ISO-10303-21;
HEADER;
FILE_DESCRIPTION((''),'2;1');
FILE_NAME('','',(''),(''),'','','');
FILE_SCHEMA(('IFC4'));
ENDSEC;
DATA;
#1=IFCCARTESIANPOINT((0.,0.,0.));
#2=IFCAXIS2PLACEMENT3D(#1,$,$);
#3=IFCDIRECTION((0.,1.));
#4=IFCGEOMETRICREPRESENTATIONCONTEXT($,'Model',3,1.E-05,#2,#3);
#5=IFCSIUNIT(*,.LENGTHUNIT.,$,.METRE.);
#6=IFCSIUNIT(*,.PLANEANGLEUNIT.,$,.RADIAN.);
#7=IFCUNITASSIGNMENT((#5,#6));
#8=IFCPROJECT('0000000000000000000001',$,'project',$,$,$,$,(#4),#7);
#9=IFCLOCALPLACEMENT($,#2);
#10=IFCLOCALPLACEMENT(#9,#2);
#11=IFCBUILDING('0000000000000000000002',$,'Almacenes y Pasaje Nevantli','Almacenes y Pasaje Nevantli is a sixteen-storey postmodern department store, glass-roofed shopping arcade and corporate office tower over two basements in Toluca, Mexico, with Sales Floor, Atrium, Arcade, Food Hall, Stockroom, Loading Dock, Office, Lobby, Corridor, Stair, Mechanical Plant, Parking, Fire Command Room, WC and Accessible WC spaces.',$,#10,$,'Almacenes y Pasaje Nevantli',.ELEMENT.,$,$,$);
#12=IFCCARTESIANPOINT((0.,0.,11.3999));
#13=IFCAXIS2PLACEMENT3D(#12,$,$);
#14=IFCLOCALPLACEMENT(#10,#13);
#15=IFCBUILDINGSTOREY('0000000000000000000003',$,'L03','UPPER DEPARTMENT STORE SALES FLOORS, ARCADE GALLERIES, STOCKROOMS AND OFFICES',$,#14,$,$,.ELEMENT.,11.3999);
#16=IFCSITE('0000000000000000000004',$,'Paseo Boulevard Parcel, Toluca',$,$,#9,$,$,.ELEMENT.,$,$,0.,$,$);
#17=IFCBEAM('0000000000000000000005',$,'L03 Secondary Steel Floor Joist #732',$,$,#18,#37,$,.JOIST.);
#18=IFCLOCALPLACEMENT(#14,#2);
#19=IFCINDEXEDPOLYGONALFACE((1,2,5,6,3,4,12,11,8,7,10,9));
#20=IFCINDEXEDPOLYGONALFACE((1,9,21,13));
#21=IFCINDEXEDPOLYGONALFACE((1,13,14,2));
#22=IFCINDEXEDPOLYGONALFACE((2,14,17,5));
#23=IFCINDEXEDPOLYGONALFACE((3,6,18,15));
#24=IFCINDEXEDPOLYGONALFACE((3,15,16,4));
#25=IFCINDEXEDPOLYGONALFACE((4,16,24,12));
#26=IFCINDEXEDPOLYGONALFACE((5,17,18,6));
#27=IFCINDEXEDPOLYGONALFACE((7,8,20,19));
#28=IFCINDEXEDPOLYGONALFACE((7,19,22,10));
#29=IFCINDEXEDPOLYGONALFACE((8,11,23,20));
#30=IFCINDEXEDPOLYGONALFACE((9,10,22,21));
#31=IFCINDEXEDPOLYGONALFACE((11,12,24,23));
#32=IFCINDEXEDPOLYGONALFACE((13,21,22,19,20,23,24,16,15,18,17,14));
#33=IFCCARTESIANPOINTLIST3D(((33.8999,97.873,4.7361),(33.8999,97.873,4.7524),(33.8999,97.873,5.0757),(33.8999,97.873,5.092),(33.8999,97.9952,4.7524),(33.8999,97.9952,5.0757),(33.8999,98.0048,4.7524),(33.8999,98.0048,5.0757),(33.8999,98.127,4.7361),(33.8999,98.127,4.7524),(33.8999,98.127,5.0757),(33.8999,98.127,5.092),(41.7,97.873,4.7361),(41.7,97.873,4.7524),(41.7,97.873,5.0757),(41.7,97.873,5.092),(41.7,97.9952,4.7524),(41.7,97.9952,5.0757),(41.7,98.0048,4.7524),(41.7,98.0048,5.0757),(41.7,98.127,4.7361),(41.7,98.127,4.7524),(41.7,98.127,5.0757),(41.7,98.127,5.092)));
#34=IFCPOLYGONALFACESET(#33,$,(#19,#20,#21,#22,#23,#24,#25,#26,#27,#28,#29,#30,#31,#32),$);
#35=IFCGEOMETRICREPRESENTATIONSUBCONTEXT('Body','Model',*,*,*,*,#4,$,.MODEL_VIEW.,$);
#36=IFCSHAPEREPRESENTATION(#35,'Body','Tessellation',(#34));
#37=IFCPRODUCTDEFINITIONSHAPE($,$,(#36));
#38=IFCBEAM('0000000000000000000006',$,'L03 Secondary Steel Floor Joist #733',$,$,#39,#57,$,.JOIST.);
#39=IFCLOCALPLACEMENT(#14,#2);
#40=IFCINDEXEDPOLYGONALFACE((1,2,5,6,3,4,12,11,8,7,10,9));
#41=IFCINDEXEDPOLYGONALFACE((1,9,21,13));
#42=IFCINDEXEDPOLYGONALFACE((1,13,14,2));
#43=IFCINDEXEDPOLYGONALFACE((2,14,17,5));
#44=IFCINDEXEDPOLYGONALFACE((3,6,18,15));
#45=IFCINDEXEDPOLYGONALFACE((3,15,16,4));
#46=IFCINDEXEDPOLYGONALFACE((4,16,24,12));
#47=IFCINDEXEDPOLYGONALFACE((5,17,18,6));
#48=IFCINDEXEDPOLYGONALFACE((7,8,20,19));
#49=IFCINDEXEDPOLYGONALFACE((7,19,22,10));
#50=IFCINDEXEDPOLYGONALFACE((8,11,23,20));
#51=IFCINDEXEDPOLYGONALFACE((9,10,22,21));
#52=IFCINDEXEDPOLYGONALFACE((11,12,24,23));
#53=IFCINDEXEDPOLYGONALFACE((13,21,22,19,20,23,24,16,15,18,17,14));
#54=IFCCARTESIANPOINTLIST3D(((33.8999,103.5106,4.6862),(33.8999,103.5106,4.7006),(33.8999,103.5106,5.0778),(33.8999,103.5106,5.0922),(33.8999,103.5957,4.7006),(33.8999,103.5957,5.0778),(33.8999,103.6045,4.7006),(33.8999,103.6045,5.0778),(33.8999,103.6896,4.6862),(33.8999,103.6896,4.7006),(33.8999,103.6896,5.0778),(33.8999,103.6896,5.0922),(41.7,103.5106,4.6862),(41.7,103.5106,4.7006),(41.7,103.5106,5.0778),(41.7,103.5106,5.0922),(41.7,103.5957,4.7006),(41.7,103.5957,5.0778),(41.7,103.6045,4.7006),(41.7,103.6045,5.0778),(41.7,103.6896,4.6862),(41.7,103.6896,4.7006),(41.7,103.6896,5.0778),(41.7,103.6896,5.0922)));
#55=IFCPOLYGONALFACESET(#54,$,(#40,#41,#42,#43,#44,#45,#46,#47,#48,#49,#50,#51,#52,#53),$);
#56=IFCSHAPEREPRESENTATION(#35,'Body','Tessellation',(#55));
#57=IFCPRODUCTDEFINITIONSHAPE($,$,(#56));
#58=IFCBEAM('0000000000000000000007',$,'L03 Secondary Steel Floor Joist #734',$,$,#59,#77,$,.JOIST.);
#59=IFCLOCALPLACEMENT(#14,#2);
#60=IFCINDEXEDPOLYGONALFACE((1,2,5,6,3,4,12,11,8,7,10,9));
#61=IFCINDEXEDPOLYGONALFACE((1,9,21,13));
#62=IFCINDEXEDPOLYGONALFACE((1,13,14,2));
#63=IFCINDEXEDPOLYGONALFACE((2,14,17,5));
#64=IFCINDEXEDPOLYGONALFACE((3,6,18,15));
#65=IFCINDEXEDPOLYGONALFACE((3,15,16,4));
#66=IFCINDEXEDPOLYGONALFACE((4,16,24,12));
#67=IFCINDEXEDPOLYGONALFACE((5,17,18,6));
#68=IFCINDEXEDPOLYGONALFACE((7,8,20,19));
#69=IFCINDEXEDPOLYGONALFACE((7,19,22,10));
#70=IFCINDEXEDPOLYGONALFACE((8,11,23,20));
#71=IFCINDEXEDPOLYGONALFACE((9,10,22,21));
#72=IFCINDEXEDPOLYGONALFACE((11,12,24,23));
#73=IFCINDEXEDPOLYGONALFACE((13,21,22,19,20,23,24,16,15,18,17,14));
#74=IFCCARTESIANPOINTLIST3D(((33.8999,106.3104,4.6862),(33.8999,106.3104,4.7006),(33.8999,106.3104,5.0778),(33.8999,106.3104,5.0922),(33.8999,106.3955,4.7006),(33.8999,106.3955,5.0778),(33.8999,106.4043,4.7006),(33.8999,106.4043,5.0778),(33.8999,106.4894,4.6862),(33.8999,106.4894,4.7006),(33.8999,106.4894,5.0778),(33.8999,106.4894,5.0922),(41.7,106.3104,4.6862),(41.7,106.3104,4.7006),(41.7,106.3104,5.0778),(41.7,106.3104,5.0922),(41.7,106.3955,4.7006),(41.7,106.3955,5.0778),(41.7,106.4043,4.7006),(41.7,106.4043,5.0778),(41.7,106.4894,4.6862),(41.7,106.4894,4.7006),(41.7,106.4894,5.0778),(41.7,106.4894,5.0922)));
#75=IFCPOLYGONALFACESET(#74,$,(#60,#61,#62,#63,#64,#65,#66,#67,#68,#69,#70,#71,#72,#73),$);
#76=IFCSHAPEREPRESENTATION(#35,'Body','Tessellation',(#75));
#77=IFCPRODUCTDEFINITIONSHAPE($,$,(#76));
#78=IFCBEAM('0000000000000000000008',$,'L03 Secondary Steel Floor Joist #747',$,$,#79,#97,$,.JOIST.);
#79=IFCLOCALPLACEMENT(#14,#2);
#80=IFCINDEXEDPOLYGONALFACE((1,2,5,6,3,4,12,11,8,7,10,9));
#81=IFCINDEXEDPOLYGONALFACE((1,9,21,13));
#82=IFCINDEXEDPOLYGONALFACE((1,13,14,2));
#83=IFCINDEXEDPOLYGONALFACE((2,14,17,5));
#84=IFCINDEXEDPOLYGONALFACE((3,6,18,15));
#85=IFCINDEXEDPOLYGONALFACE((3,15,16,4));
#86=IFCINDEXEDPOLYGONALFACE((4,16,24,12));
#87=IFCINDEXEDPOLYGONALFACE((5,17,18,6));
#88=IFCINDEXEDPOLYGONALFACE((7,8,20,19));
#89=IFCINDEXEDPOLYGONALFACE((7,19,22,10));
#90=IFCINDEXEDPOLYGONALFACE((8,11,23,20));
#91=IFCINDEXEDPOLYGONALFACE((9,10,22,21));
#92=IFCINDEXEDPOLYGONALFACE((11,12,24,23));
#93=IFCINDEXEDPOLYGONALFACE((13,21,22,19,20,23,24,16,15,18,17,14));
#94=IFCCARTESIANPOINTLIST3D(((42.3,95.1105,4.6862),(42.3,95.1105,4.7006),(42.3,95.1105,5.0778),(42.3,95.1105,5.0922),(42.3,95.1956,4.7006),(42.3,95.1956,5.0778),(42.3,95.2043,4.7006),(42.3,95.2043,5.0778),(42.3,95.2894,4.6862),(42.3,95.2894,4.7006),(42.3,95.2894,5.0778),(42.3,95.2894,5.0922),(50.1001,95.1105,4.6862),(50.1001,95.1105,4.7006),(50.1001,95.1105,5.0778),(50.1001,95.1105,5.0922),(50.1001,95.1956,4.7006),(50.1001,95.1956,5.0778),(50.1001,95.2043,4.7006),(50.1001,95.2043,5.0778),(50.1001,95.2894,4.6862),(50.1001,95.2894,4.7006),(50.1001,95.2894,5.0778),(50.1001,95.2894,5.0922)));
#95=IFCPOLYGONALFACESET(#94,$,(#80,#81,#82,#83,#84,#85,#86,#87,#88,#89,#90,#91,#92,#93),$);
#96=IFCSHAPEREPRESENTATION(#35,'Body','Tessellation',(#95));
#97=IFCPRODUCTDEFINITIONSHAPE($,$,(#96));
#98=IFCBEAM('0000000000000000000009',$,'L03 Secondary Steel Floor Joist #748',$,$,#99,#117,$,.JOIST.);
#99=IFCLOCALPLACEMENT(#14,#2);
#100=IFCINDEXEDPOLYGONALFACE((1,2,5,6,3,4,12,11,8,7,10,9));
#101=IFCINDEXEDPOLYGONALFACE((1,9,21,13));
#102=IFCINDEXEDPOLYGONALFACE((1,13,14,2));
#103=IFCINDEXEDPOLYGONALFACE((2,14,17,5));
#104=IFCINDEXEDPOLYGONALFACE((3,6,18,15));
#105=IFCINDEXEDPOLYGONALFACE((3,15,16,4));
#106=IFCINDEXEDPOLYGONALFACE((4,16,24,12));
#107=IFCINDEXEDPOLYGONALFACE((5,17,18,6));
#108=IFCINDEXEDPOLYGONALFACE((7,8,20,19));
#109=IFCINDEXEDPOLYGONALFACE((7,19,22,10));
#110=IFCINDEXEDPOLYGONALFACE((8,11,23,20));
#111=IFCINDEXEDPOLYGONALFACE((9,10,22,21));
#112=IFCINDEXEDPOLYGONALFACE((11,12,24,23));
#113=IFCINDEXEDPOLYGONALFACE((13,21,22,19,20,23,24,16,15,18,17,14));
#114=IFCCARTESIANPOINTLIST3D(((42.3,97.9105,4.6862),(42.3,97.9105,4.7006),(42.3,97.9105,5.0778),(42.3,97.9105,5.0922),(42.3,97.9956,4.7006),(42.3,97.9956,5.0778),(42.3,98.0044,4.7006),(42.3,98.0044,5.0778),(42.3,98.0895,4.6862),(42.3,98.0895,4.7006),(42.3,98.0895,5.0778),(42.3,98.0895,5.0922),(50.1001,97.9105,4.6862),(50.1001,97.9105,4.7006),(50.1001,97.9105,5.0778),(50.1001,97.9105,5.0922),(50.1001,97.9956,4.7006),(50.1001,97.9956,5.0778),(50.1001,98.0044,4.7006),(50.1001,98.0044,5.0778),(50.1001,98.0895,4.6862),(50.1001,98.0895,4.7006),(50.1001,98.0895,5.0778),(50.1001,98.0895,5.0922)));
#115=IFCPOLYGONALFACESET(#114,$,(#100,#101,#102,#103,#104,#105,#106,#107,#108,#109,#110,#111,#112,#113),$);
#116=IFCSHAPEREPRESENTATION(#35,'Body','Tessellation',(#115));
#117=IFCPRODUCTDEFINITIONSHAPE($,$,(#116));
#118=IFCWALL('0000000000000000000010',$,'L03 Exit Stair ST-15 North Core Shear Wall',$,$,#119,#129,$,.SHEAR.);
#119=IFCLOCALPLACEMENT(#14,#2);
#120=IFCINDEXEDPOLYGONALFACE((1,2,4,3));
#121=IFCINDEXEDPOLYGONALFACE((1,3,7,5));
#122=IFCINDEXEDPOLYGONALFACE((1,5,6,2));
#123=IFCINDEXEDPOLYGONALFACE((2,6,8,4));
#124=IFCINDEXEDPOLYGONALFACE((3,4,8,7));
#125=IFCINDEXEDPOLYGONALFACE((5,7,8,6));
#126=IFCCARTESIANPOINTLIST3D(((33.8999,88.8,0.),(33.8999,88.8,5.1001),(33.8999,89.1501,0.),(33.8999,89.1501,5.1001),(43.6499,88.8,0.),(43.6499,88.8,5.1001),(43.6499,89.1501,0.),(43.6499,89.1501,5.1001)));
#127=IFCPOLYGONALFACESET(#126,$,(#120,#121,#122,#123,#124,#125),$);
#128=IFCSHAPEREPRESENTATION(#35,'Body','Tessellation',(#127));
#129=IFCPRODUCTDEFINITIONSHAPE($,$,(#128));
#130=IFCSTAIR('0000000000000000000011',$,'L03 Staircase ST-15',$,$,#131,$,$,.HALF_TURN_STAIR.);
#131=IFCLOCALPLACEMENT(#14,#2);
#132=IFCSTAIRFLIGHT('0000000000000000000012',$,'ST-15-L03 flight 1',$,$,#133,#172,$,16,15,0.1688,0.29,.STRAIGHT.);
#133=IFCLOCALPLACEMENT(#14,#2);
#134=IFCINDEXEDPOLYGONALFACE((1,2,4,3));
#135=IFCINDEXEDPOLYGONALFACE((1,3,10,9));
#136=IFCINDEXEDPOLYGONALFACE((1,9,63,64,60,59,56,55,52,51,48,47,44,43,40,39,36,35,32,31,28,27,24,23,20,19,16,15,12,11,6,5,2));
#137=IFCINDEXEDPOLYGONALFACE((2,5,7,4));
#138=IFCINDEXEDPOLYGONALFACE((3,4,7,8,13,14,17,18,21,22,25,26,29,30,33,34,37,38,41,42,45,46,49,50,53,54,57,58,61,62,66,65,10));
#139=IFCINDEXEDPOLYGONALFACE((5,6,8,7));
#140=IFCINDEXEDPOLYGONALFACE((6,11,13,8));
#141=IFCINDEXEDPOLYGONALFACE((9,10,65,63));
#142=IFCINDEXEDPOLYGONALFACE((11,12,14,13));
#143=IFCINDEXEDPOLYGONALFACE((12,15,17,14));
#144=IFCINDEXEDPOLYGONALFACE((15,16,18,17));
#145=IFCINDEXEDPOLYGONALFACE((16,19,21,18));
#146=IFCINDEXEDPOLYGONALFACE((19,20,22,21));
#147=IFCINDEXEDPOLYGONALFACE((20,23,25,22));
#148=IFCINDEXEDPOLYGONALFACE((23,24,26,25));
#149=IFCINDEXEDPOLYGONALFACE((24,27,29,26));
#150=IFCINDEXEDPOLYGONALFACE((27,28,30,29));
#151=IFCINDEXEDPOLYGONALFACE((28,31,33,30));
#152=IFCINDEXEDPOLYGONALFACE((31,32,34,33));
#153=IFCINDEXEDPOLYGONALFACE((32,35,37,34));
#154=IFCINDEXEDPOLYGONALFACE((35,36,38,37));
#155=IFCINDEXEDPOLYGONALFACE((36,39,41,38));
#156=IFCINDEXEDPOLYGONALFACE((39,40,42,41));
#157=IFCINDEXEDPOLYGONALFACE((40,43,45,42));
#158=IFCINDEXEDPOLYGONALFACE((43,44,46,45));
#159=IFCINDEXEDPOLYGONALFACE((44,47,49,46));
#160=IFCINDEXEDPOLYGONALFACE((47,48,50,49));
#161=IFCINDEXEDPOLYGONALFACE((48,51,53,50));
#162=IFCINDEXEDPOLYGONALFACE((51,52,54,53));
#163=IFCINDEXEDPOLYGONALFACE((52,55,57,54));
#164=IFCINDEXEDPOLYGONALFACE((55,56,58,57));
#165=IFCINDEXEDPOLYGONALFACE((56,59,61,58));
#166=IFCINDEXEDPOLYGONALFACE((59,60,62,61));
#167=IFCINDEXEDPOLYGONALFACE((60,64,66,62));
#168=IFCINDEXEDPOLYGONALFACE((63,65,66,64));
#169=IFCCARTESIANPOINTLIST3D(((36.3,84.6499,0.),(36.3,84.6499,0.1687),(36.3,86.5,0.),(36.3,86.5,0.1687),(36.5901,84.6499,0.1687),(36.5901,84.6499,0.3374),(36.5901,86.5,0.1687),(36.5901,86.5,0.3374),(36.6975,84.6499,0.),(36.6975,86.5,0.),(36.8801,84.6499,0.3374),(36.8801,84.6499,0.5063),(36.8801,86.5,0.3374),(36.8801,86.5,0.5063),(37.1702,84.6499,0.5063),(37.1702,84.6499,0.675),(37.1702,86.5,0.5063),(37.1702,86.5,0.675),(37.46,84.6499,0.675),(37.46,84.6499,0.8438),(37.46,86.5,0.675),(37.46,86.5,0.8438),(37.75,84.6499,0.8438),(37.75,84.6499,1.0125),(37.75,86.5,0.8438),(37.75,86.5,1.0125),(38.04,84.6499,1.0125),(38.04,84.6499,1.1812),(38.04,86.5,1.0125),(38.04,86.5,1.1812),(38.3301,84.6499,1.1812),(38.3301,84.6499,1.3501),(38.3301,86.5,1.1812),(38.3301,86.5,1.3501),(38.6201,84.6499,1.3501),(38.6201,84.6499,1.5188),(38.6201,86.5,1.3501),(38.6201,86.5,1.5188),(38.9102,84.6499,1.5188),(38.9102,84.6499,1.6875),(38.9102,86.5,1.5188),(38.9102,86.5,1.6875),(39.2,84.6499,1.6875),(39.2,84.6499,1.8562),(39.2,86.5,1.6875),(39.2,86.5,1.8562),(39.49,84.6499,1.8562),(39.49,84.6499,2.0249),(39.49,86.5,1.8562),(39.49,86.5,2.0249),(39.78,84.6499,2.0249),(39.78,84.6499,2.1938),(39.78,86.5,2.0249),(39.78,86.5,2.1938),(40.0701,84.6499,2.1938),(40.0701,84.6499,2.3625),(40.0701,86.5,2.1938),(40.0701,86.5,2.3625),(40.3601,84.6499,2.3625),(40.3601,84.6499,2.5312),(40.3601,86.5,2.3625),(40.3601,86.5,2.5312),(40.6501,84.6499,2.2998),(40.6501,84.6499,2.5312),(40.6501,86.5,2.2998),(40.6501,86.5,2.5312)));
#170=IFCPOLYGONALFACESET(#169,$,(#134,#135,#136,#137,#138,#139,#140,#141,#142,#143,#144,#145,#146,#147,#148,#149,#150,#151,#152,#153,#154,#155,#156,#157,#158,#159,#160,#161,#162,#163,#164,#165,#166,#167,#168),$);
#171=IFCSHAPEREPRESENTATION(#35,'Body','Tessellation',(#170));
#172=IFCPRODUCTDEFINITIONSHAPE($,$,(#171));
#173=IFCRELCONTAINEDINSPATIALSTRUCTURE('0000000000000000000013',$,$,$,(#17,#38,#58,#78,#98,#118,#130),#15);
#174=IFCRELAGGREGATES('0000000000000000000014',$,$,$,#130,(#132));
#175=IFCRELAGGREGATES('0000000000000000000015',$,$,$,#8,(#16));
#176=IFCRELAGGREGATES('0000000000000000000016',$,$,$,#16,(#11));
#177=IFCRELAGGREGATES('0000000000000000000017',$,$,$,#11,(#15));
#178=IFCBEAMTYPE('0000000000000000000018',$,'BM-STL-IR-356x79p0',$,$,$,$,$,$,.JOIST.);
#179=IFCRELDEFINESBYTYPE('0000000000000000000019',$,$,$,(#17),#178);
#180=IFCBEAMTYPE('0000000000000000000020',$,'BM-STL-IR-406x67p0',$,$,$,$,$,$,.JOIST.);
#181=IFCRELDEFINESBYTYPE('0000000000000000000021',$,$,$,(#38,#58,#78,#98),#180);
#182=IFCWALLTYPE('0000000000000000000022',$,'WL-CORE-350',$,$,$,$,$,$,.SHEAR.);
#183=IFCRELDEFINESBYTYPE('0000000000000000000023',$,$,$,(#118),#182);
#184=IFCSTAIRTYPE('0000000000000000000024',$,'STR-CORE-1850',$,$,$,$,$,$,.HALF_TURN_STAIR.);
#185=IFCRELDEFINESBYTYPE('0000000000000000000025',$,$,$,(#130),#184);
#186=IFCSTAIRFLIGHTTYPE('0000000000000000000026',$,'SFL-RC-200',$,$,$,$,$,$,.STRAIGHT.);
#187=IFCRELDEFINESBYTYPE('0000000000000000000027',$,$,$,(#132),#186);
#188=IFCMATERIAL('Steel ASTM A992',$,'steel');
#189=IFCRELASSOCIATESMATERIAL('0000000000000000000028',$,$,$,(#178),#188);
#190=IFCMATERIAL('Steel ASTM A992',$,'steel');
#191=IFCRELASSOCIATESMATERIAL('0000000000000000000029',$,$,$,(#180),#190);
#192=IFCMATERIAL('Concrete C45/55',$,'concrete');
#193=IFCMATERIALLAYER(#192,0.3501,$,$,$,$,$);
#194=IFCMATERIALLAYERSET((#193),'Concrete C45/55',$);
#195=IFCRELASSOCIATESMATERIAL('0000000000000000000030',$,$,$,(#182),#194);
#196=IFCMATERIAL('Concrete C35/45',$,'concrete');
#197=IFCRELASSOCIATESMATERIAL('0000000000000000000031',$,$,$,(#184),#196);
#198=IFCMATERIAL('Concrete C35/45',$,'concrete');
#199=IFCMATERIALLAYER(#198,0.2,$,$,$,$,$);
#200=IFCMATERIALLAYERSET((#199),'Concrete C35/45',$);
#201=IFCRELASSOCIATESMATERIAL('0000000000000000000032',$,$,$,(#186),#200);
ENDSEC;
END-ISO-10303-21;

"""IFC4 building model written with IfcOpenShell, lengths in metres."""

from ifc_helpers import new_model, si_unit, direction, frame, frame_2d, origin, origin_2d, place, context, subcontext, project, spatial, polyline, rectangle, i_section, outline, extrude, material, layer, layer_set, material_profile, profile_set, type_object, element, aggregate, save


model = new_model("IFC4")

# Units and contexts
model_context = context("Model", 3, precision=1e-05, world=origin(), true_north=direction((0.0, 1.0)))
body_context = subcontext(model_context, "Body", "Model", "MODEL_VIEW")
ifc_project = project(units=[si_unit("LENGTHUNIT", "METRE"), si_unit("PLANEANGLEUNIT", "RADIAN")], contexts=[model_context])

# Site, building, storey
site_placement = place(None, origin())
site = spatial("IfcSite", under=ifc_project, at=site_placement, Name="Paseo Boulevard Parcel, Toluca", CompositionType="ELEMENT", RefElevation=0.0)
building_placement = place(site_placement, origin())
building = spatial("IfcBuilding", under=site, at=building_placement, Name="Almacenes y Pasaje Nevantli", Description="Almacenes y Pasaje Nevantli is a sixteen-storey postmodern department store, glass-roofed shopping arcade and corporate office tower over two basements in Toluca, Mexico, with Sales Floor, Atrium, Arcade, Food Hall, Stockroom, Loading Dock, Office, Lobby, Corridor, Stair, Mechanical Plant, Parking, Fire Command Room, WC and Accessible WC spaces.", LongName="Almacenes y Pasaje Nevantli", CompositionType="ELEMENT")
storey_placement = place(building_placement, frame((0.0, 0.0, 11.3999)))
storey = spatial("IfcBuildingStorey", under=building, at=storey_placement, Name="L03", Description="UPPER DEPARTMENT STORE SALES FLOORS, ARCADE GALLERIES, STOCKROOMS AND OFFICES", CompositionType="ELEMENT", Elevation=11.3999)

# Beams
ifc_material_1 = material(Name="Steel ASTM A992", Category="steel")
ifc_material_profile_1 = material_profile(ifc_material_1, i_section(OverallWidth=0.2539, OverallDepth=0.356, WebThickness=0.0095, FlangeThickness=0.0164, at=origin_2d()), Name="IR 356x79.0")
ifc_profile_set_1 = profile_set([ifc_material_profile_1], Name="Steel ASTM A992")
beam_type_1 = type_object("IfcBeamType", Name="BM-STL-IR-356x79p0", PredefinedType="JOIST", material=ifc_profile_set_1)
for number, where, z_axis, x_axis, name in (
    (1, (33.8999, 98.0, 4.9141), (1.0, 0.0, 0.0), (0.0, 1.0, 0.0), "L03 Secondary Steel Floor Joist #732"),
):
    element("IfcBeam", number, at=place(storey_placement, frame(where, z_axis=z_axis, x_axis=x_axis)), inside=storey, type_object=beam_type_1, Name=name, PredefinedType="JOIST", context=body_context, shape_type="SweptSolid", body=[
        extrude(i_section(OverallWidth=0.2539, OverallDepth=0.356, WebThickness=0.0095, FlangeThickness=0.0164, at=origin_2d()), origin(), (0.0, 0.0, 1.0), 7.8),
    ])
ifc_material_2 = material(Name="Steel ASTM A992", Category="steel")
ifc_material_profile_2 = material_profile(ifc_material_2, i_section(OverallWidth=0.179, OverallDepth=0.406, WebThickness=0.0088, FlangeThickness=0.0144, at=origin_2d()), Name="IR 406x67.0")
ifc_profile_set_2 = profile_set([ifc_material_profile_2], Name="Steel ASTM A992")
beam_type_2 = type_object("IfcBeamType", Name="BM-STL-IR-406x67p0", PredefinedType="JOIST", material=ifc_profile_set_2)
for number, where, z_axis, x_axis, name in (
    (2, (33.8999, 103.6001, 4.8892), (1.0, 0.0, 0.0), (0.0, 1.0, 0.0), "L03 Secondary Steel Floor Joist #733"),
    (3, (33.8999, 106.3999, 4.8892), (1.0, 0.0, 0.0), (0.0, 1.0, 0.0), "L03 Secondary Steel Floor Joist #734"),
    (4, (42.3, 95.2, 4.8892), (1.0, 0.0, 0.0), (0.0, 1.0, 0.0), "L03 Secondary Steel Floor Joist #747"),
    (5, (42.3, 98.0, 4.8892), (1.0, 0.0, 0.0), (0.0, 1.0, 0.0), "L03 Secondary Steel Floor Joist #748"),
):
    element("IfcBeam", number, at=place(storey_placement, frame(where, z_axis=z_axis, x_axis=x_axis)), inside=storey, type_object=beam_type_2, Name=name, PredefinedType="JOIST", context=body_context, shape_type="SweptSolid", body=[
        extrude(i_section(OverallWidth=0.179, OverallDepth=0.406, WebThickness=0.0088, FlangeThickness=0.0144, at=origin_2d()), origin(), (0.0, 0.0, 1.0), 7.8),
    ])

# Wall
ifc_material_3 = material(Name="Concrete C45/55", Category="concrete")
ifc_layer_1 = layer(ifc_material_3, 0.3501)
ifc_layer_set_1 = layer_set([ifc_layer_1], Name="Concrete C45/55")
wall_type = type_object("IfcWallType", Name="WL-CORE-350", PredefinedType="SHEAR", material=ifc_layer_set_1)
wall_placement = place(storey_placement, frame((33.8999, 88.9751, 0.0), z_axis=(0.0, 0.0, 1.0), x_axis=(1.0, 0.0, 0.0)))
element("IfcWall", 6, at=wall_placement, inside=storey, type_object=wall_type, Name="L03 Exit Stair ST-15 North Core Shear Wall", PredefinedType="SHEAR", context=body_context, shape_type="SweptSolid", body=[
    extrude(rectangle(XDim=9.75, YDim=0.3501, at=frame_2d((4.875, 0.0))), origin(), (0.0, 0.0, 1.0), 5.1001),
])

# Stair, stair flight
ifc_material_4 = material(Name="Concrete C35/45", Category="concrete")
stair_type = type_object("IfcStairType", Name="STR-CORE-1850", PredefinedType="HALF_TURN_STAIR", material=ifc_material_4)
stair_placement = place(storey_placement, origin())
stair = element("IfcStair", 7, at=stair_placement, inside=storey, type_object=stair_type, Name="L03 Staircase ST-15", PredefinedType="HALF_TURN_STAIR")
ifc_material_5 = material(Name="Concrete C35/45", Category="concrete")
ifc_layer_2 = layer(ifc_material_5, 0.2)
ifc_layer_set_2 = layer_set([ifc_layer_2], Name="Concrete C35/45")
stair_flight_type = type_object("IfcStairFlightType", Name="SFL-RC-200", PredefinedType="STRAIGHT", material=ifc_layer_set_2)
stair_flight_1_placement = place(storey_placement, frame((36.3, 85.575, 0.0), z_axis=(0.0, 0.0, 1.0), x_axis=(1.0, 0.0, 0.0)))
stair_flight_1 = element("IfcStairFlight", 8, at=stair_flight_1_placement, type_object=stair_flight_type, Name="ST-15-L03 flight 1", NumberOfRisers=16, NumberOfTreads=15, PredefinedType="STRAIGHT", RiserHeight=0.1688, TreadLength=0.29, context=body_context, shape_type="SweptSolid", body=[
    extrude(outline(polyline([(0.0, 0.0), (0.0, 0.1687), (0.29, 0.1687), (0.29, 0.3374), (0.5801, 0.3374), (0.5801, 0.5063), (0.8701, 0.5063), (0.8701, 0.675), (1.1599, 0.675), (1.1599, 0.8438), (1.45, 0.8438), (1.45, 1.0125), (1.74, 1.0125), (1.74, 1.1812), (2.03, 1.1812), (2.03, 1.3501), (2.3201, 1.3501), (2.3201, 1.5188), (2.6101, 1.5188), (2.6101, 1.6875), (2.8999, 1.6875), (2.8999, 1.8562), (3.1899, 1.8562), (3.1899, 2.0249), (3.48, 2.0249), (3.48, 2.1938), (3.77, 2.1938), (3.77, 2.3625), (4.0601, 2.3625), (4.0601, 2.5312), (4.3501, 2.5312), (4.3501, 2.7), (4.3501, 2.2998), (0.3975, 0.0), (0.0, 0.0)])), frame((0.0, 0.925, 0.0), z_axis=(0.0, -1.0, 0.0), x_axis=(1.0, 0.0, 0.0)), (0.0, 0.0, 1.0), 1.8501),
])
aggregate(stair, [stair_flight_1])

save(model, "model.ifc")
